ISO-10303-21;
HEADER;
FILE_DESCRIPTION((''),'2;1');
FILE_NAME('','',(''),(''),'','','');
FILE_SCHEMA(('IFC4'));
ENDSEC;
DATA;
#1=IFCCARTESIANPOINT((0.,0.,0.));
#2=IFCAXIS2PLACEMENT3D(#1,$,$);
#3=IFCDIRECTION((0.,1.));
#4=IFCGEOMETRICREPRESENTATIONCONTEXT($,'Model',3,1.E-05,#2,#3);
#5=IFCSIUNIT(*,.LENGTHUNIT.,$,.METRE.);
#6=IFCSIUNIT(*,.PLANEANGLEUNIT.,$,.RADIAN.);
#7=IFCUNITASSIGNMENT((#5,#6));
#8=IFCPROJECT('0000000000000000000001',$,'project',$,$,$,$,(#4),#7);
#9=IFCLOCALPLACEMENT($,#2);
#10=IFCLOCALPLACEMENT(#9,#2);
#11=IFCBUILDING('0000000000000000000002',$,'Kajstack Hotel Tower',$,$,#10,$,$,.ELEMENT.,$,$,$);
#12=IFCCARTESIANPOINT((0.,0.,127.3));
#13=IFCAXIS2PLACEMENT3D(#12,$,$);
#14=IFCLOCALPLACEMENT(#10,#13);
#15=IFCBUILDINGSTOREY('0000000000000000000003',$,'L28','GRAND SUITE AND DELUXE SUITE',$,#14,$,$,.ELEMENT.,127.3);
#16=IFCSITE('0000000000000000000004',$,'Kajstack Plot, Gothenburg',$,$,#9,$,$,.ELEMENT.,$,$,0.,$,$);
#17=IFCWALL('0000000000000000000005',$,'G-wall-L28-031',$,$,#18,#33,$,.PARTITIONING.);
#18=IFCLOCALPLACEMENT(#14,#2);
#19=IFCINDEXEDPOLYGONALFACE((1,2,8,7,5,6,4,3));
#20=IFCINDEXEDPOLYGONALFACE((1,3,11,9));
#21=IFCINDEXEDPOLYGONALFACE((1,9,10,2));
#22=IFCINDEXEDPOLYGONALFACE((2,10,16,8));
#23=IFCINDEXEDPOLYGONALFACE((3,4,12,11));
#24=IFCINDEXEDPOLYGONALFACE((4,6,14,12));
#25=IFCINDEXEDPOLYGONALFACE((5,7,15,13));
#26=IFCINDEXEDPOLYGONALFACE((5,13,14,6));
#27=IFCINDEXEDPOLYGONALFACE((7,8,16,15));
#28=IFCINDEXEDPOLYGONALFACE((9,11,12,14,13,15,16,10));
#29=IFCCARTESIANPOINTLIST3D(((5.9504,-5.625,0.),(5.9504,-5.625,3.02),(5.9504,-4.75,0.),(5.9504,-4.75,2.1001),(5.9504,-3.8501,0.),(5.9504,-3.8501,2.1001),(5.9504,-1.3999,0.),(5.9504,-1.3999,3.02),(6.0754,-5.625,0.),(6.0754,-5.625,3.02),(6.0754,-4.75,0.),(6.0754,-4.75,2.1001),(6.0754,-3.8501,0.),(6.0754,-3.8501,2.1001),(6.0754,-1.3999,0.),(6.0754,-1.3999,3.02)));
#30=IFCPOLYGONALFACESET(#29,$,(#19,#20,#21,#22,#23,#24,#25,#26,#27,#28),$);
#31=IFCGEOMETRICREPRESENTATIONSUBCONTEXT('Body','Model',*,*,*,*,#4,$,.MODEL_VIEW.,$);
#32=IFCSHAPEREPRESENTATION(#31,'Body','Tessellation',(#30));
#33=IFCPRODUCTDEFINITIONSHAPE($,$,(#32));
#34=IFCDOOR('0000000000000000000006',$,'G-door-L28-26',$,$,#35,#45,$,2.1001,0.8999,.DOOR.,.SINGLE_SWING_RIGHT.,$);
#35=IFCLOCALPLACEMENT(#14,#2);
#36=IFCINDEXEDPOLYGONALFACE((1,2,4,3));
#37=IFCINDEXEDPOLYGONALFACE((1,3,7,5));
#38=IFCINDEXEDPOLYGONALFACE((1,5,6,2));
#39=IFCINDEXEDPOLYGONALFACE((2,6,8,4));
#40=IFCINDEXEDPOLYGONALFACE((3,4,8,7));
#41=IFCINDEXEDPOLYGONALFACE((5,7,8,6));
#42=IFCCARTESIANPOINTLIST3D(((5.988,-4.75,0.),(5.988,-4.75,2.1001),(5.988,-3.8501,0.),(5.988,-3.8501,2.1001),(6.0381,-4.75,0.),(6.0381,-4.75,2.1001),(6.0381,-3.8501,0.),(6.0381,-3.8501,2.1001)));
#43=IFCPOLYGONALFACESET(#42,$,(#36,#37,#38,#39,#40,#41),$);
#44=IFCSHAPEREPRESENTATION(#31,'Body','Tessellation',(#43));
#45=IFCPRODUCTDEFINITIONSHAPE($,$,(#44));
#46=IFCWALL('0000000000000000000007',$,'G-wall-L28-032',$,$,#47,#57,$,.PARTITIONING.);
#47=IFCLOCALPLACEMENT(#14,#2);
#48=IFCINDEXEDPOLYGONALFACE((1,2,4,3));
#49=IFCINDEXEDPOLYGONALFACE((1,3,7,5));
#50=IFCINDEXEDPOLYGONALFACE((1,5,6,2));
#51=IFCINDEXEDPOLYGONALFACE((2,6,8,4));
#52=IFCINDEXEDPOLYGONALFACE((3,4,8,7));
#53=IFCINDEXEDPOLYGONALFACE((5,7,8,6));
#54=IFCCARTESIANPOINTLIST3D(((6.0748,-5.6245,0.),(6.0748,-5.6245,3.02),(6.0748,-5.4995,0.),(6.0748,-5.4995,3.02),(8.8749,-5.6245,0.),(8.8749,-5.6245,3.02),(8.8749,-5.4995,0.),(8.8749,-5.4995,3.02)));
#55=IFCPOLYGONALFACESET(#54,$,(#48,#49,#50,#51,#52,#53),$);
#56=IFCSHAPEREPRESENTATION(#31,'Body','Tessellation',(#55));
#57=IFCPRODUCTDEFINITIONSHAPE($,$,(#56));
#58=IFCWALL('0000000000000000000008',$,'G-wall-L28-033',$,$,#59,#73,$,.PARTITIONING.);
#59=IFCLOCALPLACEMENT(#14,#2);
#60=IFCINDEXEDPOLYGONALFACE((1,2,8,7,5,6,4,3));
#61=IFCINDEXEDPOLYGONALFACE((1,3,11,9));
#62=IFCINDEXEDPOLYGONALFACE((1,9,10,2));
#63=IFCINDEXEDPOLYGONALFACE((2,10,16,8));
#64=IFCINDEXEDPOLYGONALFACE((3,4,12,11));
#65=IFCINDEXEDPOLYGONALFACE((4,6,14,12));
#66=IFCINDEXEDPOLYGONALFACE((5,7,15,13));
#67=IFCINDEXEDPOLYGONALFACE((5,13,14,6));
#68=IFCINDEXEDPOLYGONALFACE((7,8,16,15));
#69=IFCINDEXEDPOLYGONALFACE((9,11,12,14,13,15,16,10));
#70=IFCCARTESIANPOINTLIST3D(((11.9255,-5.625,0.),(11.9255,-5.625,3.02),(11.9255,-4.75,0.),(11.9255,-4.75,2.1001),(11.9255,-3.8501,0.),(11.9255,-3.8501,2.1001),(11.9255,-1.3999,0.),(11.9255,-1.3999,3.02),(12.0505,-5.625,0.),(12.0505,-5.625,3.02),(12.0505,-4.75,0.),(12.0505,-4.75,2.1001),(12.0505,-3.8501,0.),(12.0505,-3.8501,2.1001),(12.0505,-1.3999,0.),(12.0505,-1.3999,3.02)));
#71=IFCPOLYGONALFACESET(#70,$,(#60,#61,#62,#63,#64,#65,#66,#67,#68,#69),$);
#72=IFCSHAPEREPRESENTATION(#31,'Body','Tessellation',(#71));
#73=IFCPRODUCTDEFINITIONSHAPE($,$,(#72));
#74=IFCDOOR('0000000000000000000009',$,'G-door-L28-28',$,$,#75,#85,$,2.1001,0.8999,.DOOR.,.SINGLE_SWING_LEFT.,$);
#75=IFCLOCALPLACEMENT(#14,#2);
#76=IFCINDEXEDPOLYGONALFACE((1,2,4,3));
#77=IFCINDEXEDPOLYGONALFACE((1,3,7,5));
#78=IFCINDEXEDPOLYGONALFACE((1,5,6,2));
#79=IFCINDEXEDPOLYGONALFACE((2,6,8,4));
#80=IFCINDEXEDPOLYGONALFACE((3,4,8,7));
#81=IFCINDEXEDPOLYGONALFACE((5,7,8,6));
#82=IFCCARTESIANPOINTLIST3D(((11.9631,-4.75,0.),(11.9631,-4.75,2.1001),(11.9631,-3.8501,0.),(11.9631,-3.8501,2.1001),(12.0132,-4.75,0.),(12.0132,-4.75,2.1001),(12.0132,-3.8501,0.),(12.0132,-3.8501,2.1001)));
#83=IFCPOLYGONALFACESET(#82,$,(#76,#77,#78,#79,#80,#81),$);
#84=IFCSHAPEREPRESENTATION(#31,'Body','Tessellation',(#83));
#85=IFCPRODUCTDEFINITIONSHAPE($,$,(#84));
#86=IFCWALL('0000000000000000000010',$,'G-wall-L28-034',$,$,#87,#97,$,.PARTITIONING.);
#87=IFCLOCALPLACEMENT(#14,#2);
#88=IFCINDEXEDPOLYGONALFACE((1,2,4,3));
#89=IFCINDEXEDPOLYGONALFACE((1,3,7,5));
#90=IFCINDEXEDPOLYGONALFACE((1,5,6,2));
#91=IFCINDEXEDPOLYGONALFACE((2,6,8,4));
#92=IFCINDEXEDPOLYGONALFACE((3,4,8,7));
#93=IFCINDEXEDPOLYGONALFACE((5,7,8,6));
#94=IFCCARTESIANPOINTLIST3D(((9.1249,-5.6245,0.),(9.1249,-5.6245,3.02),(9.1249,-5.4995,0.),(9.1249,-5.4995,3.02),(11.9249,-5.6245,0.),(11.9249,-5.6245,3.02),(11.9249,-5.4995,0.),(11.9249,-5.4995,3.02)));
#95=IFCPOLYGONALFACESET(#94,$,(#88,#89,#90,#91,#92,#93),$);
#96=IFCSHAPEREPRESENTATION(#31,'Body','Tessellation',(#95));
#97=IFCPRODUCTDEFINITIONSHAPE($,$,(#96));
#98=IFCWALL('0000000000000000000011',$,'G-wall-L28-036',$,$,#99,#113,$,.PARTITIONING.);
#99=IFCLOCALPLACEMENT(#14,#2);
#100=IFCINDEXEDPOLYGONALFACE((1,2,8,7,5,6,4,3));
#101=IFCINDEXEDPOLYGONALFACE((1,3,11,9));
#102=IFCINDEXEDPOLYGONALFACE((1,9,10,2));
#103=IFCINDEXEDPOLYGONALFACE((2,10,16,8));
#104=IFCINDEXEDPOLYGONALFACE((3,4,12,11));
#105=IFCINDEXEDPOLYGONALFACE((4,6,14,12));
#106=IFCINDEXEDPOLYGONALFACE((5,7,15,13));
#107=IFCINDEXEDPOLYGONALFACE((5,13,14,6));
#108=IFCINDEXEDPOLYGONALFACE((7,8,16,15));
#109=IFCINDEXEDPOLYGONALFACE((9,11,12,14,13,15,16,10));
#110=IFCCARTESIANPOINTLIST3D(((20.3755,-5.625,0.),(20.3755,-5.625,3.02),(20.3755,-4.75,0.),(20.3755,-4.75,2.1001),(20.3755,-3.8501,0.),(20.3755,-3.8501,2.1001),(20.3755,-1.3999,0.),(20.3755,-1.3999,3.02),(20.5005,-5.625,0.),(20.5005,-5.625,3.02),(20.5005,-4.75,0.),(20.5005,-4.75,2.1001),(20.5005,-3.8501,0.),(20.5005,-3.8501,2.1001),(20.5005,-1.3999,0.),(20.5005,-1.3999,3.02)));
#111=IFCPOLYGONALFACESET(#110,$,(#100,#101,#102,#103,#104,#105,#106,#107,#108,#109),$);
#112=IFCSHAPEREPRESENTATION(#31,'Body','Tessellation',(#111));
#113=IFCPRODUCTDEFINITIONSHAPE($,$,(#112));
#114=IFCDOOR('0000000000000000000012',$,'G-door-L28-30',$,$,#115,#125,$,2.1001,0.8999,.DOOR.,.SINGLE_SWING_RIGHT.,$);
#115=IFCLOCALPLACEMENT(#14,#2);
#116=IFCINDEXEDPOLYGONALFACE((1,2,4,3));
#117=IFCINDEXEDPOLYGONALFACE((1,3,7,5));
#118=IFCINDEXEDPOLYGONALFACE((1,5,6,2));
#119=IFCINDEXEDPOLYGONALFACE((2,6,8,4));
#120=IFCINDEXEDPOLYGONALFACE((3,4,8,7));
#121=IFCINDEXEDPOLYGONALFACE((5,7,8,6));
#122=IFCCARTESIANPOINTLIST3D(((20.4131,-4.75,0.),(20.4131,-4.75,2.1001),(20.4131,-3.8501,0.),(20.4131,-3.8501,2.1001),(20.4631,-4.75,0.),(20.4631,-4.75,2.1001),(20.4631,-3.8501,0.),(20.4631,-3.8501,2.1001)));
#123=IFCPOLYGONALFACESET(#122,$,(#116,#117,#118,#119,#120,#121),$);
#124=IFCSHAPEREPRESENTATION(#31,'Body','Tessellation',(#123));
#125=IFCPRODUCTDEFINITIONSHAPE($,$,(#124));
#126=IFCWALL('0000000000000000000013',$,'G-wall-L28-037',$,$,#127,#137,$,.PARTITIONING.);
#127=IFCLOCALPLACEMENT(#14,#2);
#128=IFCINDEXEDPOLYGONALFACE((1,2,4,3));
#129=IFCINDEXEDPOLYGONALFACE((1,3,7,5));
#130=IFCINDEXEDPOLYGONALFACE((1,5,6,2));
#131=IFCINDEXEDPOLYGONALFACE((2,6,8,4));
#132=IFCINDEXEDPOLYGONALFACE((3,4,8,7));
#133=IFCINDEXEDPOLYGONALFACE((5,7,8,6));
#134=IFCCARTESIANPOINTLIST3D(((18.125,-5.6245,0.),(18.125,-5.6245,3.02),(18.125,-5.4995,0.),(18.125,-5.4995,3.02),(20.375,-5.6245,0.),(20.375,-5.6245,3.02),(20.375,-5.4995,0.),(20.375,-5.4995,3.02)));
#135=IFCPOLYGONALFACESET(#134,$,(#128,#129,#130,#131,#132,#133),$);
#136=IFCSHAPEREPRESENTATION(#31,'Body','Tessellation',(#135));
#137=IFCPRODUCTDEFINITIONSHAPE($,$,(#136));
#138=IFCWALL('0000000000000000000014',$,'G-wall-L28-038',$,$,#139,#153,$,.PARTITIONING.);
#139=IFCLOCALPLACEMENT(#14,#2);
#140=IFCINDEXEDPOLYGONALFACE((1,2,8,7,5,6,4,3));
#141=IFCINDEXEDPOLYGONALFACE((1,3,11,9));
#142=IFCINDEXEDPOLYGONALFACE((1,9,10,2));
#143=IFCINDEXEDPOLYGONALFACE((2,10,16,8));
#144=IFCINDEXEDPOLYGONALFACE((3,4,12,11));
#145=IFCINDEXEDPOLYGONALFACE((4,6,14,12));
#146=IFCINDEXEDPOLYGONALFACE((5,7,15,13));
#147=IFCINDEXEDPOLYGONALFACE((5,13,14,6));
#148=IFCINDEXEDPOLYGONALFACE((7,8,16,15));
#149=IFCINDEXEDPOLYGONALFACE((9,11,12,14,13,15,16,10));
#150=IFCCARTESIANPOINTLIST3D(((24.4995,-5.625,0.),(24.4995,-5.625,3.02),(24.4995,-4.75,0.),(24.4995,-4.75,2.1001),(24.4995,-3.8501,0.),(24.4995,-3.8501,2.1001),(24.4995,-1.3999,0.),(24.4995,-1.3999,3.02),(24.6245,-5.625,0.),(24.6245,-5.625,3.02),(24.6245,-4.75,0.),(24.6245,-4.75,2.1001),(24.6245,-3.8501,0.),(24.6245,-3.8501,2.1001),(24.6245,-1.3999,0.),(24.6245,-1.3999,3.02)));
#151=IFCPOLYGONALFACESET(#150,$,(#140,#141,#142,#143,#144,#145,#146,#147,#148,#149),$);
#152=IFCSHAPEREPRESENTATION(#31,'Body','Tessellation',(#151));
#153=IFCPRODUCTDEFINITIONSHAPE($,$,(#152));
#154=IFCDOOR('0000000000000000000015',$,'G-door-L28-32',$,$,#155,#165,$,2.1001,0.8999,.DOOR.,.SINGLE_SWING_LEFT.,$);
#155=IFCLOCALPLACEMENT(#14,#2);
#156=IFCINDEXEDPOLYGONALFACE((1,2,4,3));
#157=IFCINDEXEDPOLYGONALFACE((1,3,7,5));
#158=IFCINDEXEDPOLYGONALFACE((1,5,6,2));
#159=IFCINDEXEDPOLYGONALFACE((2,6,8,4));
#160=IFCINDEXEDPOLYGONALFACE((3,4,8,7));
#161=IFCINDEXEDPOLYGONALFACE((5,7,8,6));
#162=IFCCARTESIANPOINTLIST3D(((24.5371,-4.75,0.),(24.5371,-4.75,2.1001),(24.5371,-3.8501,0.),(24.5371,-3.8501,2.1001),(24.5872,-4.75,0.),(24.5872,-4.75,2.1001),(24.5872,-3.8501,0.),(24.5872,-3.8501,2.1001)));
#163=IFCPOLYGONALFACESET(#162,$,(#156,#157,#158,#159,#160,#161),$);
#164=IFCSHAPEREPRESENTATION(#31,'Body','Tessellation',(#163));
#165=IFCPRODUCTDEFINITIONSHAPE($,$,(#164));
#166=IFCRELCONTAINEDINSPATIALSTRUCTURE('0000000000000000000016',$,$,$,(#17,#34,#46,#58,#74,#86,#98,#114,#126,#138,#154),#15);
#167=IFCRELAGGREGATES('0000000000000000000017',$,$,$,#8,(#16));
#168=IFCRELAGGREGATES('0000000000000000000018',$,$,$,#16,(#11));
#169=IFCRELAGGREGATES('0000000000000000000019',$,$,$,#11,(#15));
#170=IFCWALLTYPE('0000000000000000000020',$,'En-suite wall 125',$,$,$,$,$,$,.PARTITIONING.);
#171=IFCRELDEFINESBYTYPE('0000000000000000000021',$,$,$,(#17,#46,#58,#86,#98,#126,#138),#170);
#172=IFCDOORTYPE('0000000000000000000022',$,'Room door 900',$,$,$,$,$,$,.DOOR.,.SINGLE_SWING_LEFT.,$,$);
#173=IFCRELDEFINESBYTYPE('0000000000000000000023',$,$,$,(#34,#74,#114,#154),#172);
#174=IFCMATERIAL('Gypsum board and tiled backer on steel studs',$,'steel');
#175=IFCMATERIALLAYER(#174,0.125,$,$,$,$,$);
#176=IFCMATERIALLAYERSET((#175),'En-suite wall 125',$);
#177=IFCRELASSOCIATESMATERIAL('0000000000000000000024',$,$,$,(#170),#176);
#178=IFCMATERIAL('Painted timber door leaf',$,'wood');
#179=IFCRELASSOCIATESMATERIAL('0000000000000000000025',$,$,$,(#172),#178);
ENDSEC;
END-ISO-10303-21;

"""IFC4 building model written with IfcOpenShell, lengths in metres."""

from ifc_helpers import new_model, si_unit, direction, frame, frame_2d, origin, place, context, subcontext, project, spatial, rectangle, extrude, material, layer, layer_set, type_object, element, fill, save


model = new_model("IFC4")

# Units and contexts
model_context = context("Model", 3, precision=1e-05, world=origin(), true_north=direction((0.0, 1.0)))
body_context = subcontext(model_context, "Body", "Model", "MODEL_VIEW")
ifc_project = project(units=[si_unit("LENGTHUNIT", "METRE"), si_unit("PLANEANGLEUNIT", "RADIAN")], contexts=[model_context])

# Site, building, storey
site_placement = place(None, origin())
site = spatial("IfcSite", under=ifc_project, at=site_placement, Name="Kajstack Plot, Gothenburg", CompositionType="ELEMENT", RefElevation=0.0)
building_placement = place(site_placement, origin())
building = spatial("IfcBuilding", under=site, at=building_placement, Name="Kajstack Hotel Tower", CompositionType="ELEMENT")
storey_placement = place(building_placement, frame((0.0, 0.0, 127.3)))
storey = spatial("IfcBuildingStorey", under=building, at=storey_placement, Name="L28", Description="GRAND SUITE AND DELUXE SUITE", CompositionType="ELEMENT", Elevation=127.3)

# Wall, opening, door
ifc_material_1 = material(Name="Gypsum board and tiled backer on steel studs", Category="steel")
ifc_layer_1 = layer(ifc_material_1, 0.125)
ifc_layer_set_1 = layer_set([ifc_layer_1], Name="En-suite wall 125")
wall_type_1 = type_object("IfcWallType", Name="En-suite wall 125", PredefinedType="PARTITIONING", material=ifc_layer_set_1)
ifc_material_2 = material(Name="Painted timber door leaf", Category="wood")
door_type_1 = type_object("IfcDoorType", Name="Room door 900", OperationType="SINGLE_SWING_LEFT", PredefinedType="DOOR", material=ifc_material_2)
wall_1_placement = place(storey_placement, frame((6.0129, -5.625, 0.0), z_axis=(0.0, 0.0, 1.0), x_axis=(0.0, 1.0, 0.0)))
wall_1 = element("IfcWall", 1, at=wall_1_placement, inside=storey, type_object=wall_type_1, Name="G-wall-L28-031", PredefinedType="PARTITIONING", context=body_context, shape_type="SweptSolid", body=[
    extrude(rectangle(XDim=4.2251, YDim=0.125, at=frame_2d((2.1125, 0.0))), origin(), (0.0, 0.0, 1.0), 3.02),
])
opening_1_placement = place(wall_1_placement, frame((0.875, 0.0, 0.0)))
opening_1 = element("IfcOpeningElement", 2, at=opening_1_placement, cuts=wall_1, PredefinedType="OPENING", context=body_context, shape_type="SweptSolid", body=[
    extrude(rectangle(XDim=0.8999, YDim=2.1001, at=frame_2d((0.45, 1.05))), frame((0.0, 0.0725, 0.0), z_axis=(0.0, -1.0, 0.0), x_axis=(1.0, 0.0, 0.0)), (0.0, 0.0, 1.0), 0.145),
])
door_1_placement = place(opening_1_placement, origin())
door_1 = element("IfcDoor", 3, at=door_1_placement, inside=storey, type_object=door_type_1, Name="G-door-L28-26", OperationType="SINGLE_SWING_RIGHT", OverallHeight=2.1001, OverallWidth=0.8999, PredefinedType="DOOR", context=body_context, shape_type="SweptSolid", body=[
    extrude(rectangle(XDim=0.8999, YDim=2.1001, at=frame_2d((0.45, 1.05))), frame((0.0, 0.0249, 0.0), z_axis=(0.0, -1.0, 0.0), x_axis=(1.0, 0.0, 0.0)), (0.0, 0.0, 1.0), 0.05),
])
fill(opening_1, door_1)

# Wall
wall_2_placement = place(storey_placement, frame((6.075, -5.562, 0.0), z_axis=(0.0, 0.0, 1.0), x_axis=(1.0, 0.0, 0.0)))
element("IfcWall", 4, at=wall_2_placement, inside=storey, type_object=wall_type_1, Name="G-wall-L28-032", PredefinedType="PARTITIONING", context=body_context, shape_type="SweptSolid", body=[
    extrude(rectangle(XDim=2.8, YDim=0.125, at=frame_2d((1.3999, 0.0))), origin(), (0.0, 0.0, 1.0), 3.02),
])

# Wall, opening, door
wall_3_placement = place(storey_placement, frame((11.988, -5.625, 0.0), z_axis=(0.0, 0.0, 1.0), x_axis=(0.0, 1.0, 0.0)))
wall_3 = element("IfcWall", 5, at=wall_3_placement, inside=storey, type_object=wall_type_1, Name="G-wall-L28-033", PredefinedType="PARTITIONING", context=body_context, shape_type="SweptSolid", body=[
    extrude(rectangle(XDim=4.2251, YDim=0.125, at=frame_2d((2.1125, 0.0))), origin(), (0.0, 0.0, 1.0), 3.02),
])
opening_2_placement = place(wall_3_placement, frame((0.875, 0.0, 0.0)))
opening_2 = element("IfcOpeningElement", 6, at=opening_2_placement, cuts=wall_3, PredefinedType="OPENING", context=body_context, shape_type="SweptSolid", body=[
    extrude(rectangle(XDim=0.8999, YDim=2.1001, at=frame_2d((0.45, 1.05))), frame((0.0, 0.0725, 0.0), z_axis=(0.0, -1.0, 0.0), x_axis=(1.0, 0.0, 0.0)), (0.0, 0.0, 1.0), 0.145),
])
door_2_placement = place(opening_2_placement, origin())
door_2 = element("IfcDoor", 7, at=door_2_placement, inside=storey, type_object=door_type_1, Name="G-door-L28-28", OperationType="SINGLE_SWING_LEFT", OverallHeight=2.1001, OverallWidth=0.8999, PredefinedType="DOOR", context=body_context, shape_type="SweptSolid", body=[
    extrude(rectangle(XDim=0.8999, YDim=2.1001, at=frame_2d((0.45, 1.05))), frame((0.0, 0.0249, 0.0), z_axis=(0.0, -1.0, 0.0), x_axis=(1.0, 0.0, 0.0)), (0.0, 0.0, 1.0), 0.05),
])
fill(opening_2, door_2)

# Wall
wall_4_placement = place(storey_placement, frame((9.125, -5.562, 0.0), z_axis=(0.0, 0.0, 1.0), x_axis=(1.0, 0.0, 0.0)))
element("IfcWall", 8, at=wall_4_placement, inside=storey, type_object=wall_type_1, Name="G-wall-L28-034", PredefinedType="PARTITIONING", context=body_context, shape_type="SweptSolid", body=[
    extrude(rectangle(XDim=2.8, YDim=0.125, at=frame_2d((1.3999, 0.0))), origin(), (0.0, 0.0, 1.0), 3.02),
])

# Wall, opening, door
wall_5_placement = place(storey_placement, frame((20.438, -5.625, 0.0), z_axis=(0.0, 0.0, 1.0), x_axis=(0.0, 1.0, 0.0)))
wall_5 = element("IfcWall", 9, at=wall_5_placement, inside=storey, type_object=wall_type_1, Name="G-wall-L28-036", PredefinedType="PARTITIONING", context=body_context, shape_type="SweptSolid", body=[
    extrude(rectangle(XDim=4.2251, YDim=0.125, at=frame_2d((2.1125, 0.0))), origin(), (0.0, 0.0, 1.0), 3.02),
])
opening_3_placement = place(wall_5_placement, frame((0.875, 0.0, 0.0)))
opening_3 = element("IfcOpeningElement", 10, at=opening_3_placement, cuts=wall_5, PredefinedType="OPENING", context=body_context, shape_type="SweptSolid", body=[
    extrude(rectangle(XDim=0.8999, YDim=2.1001, at=frame_2d((0.45, 1.05))), frame((0.0, 0.0725, 0.0), z_axis=(0.0, -1.0, 0.0), x_axis=(1.0, 0.0, 0.0)), (0.0, 0.0, 1.0), 0.145),
])
door_3_placement = place(opening_3_placement, origin())
door_3 = element("IfcDoor", 11, at=door_3_placement, inside=storey, type_object=door_type_1, Name="G-door-L28-30", OperationType="SINGLE_SWING_RIGHT", OverallHeight=2.1001, OverallWidth=0.8999, PredefinedType="DOOR", context=body_context, shape_type="SweptSolid", body=[
    extrude(rectangle(XDim=0.8999, YDim=2.1001, at=frame_2d((0.45, 1.05))), frame((0.0, 0.0249, 0.0), z_axis=(0.0, -1.0, 0.0), x_axis=(1.0, 0.0, 0.0)), (0.0, 0.0, 1.0), 0.05),
])
fill(opening_3, door_3)

# Wall
wall_6_placement = place(storey_placement, frame((18.125, -5.562, 0.0), z_axis=(0.0, 0.0, 1.0), x_axis=(1.0, 0.0, 0.0)))
element("IfcWall", 12, at=wall_6_placement, inside=storey, type_object=wall_type_1, Name="G-wall-L28-037", PredefinedType="PARTITIONING", context=body_context, shape_type="SweptSolid", body=[
    extrude(rectangle(XDim=2.25, YDim=0.125, at=frame_2d((1.125, 0.0))), origin(), (0.0, 0.0, 1.0), 3.02),
])

# Wall, opening, door
wall_7_placement = place(storey_placement, frame((24.562, -5.625, 0.0), z_axis=(0.0, 0.0, 1.0), x_axis=(0.0, 1.0, 0.0)))
wall_7 = element("IfcWall", 13, at=wall_7_placement, inside=storey, type_object=wall_type_1, Name="G-wall-L28-038", PredefinedType="PARTITIONING", context=body_context, shape_type="SweptSolid", body=[
    extrude(rectangle(XDim=4.2251, YDim=0.125, at=frame_2d((2.1125, 0.0))), origin(), (0.0, 0.0, 1.0), 3.02),
])
opening_4_placement = place(wall_7_placement, frame((0.875, 0.0, 0.0)))
opening_4 = element("IfcOpeningElement", 14, at=opening_4_placement, cuts=wall_7, PredefinedType="OPENING", context=body_context, shape_type="SweptSolid", body=[
    extrude(rectangle(XDim=0.8999, YDim=2.1001, at=frame_2d((0.45, 1.05))), frame((0.0, 0.0725, 0.0), z_axis=(0.0, -1.0, 0.0), x_axis=(1.0, 0.0, 0.0)), (0.0, 0.0, 1.0), 0.145),
])
door_4_placement = place(opening_4_placement, origin())
door_4 = element("IfcDoor", 15, at=door_4_placement, inside=storey, type_object=door_type_1, Name="G-door-L28-32", OperationType="SINGLE_SWING_LEFT", OverallHeight=2.1001, OverallWidth=0.8999, PredefinedType="DOOR", context=body_context, shape_type="SweptSolid", body=[
    extrude(rectangle(XDim=0.8999, YDim=2.1001, at=frame_2d((0.45, 1.05))), frame((0.0, 0.0249, 0.0), z_axis=(0.0, -1.0, 0.0), x_axis=(1.0, 0.0, 0.0)), (0.0, 0.0, 1.0), 0.05),
])
fill(opening_4, door_4)

save(model, "model.ifc")
